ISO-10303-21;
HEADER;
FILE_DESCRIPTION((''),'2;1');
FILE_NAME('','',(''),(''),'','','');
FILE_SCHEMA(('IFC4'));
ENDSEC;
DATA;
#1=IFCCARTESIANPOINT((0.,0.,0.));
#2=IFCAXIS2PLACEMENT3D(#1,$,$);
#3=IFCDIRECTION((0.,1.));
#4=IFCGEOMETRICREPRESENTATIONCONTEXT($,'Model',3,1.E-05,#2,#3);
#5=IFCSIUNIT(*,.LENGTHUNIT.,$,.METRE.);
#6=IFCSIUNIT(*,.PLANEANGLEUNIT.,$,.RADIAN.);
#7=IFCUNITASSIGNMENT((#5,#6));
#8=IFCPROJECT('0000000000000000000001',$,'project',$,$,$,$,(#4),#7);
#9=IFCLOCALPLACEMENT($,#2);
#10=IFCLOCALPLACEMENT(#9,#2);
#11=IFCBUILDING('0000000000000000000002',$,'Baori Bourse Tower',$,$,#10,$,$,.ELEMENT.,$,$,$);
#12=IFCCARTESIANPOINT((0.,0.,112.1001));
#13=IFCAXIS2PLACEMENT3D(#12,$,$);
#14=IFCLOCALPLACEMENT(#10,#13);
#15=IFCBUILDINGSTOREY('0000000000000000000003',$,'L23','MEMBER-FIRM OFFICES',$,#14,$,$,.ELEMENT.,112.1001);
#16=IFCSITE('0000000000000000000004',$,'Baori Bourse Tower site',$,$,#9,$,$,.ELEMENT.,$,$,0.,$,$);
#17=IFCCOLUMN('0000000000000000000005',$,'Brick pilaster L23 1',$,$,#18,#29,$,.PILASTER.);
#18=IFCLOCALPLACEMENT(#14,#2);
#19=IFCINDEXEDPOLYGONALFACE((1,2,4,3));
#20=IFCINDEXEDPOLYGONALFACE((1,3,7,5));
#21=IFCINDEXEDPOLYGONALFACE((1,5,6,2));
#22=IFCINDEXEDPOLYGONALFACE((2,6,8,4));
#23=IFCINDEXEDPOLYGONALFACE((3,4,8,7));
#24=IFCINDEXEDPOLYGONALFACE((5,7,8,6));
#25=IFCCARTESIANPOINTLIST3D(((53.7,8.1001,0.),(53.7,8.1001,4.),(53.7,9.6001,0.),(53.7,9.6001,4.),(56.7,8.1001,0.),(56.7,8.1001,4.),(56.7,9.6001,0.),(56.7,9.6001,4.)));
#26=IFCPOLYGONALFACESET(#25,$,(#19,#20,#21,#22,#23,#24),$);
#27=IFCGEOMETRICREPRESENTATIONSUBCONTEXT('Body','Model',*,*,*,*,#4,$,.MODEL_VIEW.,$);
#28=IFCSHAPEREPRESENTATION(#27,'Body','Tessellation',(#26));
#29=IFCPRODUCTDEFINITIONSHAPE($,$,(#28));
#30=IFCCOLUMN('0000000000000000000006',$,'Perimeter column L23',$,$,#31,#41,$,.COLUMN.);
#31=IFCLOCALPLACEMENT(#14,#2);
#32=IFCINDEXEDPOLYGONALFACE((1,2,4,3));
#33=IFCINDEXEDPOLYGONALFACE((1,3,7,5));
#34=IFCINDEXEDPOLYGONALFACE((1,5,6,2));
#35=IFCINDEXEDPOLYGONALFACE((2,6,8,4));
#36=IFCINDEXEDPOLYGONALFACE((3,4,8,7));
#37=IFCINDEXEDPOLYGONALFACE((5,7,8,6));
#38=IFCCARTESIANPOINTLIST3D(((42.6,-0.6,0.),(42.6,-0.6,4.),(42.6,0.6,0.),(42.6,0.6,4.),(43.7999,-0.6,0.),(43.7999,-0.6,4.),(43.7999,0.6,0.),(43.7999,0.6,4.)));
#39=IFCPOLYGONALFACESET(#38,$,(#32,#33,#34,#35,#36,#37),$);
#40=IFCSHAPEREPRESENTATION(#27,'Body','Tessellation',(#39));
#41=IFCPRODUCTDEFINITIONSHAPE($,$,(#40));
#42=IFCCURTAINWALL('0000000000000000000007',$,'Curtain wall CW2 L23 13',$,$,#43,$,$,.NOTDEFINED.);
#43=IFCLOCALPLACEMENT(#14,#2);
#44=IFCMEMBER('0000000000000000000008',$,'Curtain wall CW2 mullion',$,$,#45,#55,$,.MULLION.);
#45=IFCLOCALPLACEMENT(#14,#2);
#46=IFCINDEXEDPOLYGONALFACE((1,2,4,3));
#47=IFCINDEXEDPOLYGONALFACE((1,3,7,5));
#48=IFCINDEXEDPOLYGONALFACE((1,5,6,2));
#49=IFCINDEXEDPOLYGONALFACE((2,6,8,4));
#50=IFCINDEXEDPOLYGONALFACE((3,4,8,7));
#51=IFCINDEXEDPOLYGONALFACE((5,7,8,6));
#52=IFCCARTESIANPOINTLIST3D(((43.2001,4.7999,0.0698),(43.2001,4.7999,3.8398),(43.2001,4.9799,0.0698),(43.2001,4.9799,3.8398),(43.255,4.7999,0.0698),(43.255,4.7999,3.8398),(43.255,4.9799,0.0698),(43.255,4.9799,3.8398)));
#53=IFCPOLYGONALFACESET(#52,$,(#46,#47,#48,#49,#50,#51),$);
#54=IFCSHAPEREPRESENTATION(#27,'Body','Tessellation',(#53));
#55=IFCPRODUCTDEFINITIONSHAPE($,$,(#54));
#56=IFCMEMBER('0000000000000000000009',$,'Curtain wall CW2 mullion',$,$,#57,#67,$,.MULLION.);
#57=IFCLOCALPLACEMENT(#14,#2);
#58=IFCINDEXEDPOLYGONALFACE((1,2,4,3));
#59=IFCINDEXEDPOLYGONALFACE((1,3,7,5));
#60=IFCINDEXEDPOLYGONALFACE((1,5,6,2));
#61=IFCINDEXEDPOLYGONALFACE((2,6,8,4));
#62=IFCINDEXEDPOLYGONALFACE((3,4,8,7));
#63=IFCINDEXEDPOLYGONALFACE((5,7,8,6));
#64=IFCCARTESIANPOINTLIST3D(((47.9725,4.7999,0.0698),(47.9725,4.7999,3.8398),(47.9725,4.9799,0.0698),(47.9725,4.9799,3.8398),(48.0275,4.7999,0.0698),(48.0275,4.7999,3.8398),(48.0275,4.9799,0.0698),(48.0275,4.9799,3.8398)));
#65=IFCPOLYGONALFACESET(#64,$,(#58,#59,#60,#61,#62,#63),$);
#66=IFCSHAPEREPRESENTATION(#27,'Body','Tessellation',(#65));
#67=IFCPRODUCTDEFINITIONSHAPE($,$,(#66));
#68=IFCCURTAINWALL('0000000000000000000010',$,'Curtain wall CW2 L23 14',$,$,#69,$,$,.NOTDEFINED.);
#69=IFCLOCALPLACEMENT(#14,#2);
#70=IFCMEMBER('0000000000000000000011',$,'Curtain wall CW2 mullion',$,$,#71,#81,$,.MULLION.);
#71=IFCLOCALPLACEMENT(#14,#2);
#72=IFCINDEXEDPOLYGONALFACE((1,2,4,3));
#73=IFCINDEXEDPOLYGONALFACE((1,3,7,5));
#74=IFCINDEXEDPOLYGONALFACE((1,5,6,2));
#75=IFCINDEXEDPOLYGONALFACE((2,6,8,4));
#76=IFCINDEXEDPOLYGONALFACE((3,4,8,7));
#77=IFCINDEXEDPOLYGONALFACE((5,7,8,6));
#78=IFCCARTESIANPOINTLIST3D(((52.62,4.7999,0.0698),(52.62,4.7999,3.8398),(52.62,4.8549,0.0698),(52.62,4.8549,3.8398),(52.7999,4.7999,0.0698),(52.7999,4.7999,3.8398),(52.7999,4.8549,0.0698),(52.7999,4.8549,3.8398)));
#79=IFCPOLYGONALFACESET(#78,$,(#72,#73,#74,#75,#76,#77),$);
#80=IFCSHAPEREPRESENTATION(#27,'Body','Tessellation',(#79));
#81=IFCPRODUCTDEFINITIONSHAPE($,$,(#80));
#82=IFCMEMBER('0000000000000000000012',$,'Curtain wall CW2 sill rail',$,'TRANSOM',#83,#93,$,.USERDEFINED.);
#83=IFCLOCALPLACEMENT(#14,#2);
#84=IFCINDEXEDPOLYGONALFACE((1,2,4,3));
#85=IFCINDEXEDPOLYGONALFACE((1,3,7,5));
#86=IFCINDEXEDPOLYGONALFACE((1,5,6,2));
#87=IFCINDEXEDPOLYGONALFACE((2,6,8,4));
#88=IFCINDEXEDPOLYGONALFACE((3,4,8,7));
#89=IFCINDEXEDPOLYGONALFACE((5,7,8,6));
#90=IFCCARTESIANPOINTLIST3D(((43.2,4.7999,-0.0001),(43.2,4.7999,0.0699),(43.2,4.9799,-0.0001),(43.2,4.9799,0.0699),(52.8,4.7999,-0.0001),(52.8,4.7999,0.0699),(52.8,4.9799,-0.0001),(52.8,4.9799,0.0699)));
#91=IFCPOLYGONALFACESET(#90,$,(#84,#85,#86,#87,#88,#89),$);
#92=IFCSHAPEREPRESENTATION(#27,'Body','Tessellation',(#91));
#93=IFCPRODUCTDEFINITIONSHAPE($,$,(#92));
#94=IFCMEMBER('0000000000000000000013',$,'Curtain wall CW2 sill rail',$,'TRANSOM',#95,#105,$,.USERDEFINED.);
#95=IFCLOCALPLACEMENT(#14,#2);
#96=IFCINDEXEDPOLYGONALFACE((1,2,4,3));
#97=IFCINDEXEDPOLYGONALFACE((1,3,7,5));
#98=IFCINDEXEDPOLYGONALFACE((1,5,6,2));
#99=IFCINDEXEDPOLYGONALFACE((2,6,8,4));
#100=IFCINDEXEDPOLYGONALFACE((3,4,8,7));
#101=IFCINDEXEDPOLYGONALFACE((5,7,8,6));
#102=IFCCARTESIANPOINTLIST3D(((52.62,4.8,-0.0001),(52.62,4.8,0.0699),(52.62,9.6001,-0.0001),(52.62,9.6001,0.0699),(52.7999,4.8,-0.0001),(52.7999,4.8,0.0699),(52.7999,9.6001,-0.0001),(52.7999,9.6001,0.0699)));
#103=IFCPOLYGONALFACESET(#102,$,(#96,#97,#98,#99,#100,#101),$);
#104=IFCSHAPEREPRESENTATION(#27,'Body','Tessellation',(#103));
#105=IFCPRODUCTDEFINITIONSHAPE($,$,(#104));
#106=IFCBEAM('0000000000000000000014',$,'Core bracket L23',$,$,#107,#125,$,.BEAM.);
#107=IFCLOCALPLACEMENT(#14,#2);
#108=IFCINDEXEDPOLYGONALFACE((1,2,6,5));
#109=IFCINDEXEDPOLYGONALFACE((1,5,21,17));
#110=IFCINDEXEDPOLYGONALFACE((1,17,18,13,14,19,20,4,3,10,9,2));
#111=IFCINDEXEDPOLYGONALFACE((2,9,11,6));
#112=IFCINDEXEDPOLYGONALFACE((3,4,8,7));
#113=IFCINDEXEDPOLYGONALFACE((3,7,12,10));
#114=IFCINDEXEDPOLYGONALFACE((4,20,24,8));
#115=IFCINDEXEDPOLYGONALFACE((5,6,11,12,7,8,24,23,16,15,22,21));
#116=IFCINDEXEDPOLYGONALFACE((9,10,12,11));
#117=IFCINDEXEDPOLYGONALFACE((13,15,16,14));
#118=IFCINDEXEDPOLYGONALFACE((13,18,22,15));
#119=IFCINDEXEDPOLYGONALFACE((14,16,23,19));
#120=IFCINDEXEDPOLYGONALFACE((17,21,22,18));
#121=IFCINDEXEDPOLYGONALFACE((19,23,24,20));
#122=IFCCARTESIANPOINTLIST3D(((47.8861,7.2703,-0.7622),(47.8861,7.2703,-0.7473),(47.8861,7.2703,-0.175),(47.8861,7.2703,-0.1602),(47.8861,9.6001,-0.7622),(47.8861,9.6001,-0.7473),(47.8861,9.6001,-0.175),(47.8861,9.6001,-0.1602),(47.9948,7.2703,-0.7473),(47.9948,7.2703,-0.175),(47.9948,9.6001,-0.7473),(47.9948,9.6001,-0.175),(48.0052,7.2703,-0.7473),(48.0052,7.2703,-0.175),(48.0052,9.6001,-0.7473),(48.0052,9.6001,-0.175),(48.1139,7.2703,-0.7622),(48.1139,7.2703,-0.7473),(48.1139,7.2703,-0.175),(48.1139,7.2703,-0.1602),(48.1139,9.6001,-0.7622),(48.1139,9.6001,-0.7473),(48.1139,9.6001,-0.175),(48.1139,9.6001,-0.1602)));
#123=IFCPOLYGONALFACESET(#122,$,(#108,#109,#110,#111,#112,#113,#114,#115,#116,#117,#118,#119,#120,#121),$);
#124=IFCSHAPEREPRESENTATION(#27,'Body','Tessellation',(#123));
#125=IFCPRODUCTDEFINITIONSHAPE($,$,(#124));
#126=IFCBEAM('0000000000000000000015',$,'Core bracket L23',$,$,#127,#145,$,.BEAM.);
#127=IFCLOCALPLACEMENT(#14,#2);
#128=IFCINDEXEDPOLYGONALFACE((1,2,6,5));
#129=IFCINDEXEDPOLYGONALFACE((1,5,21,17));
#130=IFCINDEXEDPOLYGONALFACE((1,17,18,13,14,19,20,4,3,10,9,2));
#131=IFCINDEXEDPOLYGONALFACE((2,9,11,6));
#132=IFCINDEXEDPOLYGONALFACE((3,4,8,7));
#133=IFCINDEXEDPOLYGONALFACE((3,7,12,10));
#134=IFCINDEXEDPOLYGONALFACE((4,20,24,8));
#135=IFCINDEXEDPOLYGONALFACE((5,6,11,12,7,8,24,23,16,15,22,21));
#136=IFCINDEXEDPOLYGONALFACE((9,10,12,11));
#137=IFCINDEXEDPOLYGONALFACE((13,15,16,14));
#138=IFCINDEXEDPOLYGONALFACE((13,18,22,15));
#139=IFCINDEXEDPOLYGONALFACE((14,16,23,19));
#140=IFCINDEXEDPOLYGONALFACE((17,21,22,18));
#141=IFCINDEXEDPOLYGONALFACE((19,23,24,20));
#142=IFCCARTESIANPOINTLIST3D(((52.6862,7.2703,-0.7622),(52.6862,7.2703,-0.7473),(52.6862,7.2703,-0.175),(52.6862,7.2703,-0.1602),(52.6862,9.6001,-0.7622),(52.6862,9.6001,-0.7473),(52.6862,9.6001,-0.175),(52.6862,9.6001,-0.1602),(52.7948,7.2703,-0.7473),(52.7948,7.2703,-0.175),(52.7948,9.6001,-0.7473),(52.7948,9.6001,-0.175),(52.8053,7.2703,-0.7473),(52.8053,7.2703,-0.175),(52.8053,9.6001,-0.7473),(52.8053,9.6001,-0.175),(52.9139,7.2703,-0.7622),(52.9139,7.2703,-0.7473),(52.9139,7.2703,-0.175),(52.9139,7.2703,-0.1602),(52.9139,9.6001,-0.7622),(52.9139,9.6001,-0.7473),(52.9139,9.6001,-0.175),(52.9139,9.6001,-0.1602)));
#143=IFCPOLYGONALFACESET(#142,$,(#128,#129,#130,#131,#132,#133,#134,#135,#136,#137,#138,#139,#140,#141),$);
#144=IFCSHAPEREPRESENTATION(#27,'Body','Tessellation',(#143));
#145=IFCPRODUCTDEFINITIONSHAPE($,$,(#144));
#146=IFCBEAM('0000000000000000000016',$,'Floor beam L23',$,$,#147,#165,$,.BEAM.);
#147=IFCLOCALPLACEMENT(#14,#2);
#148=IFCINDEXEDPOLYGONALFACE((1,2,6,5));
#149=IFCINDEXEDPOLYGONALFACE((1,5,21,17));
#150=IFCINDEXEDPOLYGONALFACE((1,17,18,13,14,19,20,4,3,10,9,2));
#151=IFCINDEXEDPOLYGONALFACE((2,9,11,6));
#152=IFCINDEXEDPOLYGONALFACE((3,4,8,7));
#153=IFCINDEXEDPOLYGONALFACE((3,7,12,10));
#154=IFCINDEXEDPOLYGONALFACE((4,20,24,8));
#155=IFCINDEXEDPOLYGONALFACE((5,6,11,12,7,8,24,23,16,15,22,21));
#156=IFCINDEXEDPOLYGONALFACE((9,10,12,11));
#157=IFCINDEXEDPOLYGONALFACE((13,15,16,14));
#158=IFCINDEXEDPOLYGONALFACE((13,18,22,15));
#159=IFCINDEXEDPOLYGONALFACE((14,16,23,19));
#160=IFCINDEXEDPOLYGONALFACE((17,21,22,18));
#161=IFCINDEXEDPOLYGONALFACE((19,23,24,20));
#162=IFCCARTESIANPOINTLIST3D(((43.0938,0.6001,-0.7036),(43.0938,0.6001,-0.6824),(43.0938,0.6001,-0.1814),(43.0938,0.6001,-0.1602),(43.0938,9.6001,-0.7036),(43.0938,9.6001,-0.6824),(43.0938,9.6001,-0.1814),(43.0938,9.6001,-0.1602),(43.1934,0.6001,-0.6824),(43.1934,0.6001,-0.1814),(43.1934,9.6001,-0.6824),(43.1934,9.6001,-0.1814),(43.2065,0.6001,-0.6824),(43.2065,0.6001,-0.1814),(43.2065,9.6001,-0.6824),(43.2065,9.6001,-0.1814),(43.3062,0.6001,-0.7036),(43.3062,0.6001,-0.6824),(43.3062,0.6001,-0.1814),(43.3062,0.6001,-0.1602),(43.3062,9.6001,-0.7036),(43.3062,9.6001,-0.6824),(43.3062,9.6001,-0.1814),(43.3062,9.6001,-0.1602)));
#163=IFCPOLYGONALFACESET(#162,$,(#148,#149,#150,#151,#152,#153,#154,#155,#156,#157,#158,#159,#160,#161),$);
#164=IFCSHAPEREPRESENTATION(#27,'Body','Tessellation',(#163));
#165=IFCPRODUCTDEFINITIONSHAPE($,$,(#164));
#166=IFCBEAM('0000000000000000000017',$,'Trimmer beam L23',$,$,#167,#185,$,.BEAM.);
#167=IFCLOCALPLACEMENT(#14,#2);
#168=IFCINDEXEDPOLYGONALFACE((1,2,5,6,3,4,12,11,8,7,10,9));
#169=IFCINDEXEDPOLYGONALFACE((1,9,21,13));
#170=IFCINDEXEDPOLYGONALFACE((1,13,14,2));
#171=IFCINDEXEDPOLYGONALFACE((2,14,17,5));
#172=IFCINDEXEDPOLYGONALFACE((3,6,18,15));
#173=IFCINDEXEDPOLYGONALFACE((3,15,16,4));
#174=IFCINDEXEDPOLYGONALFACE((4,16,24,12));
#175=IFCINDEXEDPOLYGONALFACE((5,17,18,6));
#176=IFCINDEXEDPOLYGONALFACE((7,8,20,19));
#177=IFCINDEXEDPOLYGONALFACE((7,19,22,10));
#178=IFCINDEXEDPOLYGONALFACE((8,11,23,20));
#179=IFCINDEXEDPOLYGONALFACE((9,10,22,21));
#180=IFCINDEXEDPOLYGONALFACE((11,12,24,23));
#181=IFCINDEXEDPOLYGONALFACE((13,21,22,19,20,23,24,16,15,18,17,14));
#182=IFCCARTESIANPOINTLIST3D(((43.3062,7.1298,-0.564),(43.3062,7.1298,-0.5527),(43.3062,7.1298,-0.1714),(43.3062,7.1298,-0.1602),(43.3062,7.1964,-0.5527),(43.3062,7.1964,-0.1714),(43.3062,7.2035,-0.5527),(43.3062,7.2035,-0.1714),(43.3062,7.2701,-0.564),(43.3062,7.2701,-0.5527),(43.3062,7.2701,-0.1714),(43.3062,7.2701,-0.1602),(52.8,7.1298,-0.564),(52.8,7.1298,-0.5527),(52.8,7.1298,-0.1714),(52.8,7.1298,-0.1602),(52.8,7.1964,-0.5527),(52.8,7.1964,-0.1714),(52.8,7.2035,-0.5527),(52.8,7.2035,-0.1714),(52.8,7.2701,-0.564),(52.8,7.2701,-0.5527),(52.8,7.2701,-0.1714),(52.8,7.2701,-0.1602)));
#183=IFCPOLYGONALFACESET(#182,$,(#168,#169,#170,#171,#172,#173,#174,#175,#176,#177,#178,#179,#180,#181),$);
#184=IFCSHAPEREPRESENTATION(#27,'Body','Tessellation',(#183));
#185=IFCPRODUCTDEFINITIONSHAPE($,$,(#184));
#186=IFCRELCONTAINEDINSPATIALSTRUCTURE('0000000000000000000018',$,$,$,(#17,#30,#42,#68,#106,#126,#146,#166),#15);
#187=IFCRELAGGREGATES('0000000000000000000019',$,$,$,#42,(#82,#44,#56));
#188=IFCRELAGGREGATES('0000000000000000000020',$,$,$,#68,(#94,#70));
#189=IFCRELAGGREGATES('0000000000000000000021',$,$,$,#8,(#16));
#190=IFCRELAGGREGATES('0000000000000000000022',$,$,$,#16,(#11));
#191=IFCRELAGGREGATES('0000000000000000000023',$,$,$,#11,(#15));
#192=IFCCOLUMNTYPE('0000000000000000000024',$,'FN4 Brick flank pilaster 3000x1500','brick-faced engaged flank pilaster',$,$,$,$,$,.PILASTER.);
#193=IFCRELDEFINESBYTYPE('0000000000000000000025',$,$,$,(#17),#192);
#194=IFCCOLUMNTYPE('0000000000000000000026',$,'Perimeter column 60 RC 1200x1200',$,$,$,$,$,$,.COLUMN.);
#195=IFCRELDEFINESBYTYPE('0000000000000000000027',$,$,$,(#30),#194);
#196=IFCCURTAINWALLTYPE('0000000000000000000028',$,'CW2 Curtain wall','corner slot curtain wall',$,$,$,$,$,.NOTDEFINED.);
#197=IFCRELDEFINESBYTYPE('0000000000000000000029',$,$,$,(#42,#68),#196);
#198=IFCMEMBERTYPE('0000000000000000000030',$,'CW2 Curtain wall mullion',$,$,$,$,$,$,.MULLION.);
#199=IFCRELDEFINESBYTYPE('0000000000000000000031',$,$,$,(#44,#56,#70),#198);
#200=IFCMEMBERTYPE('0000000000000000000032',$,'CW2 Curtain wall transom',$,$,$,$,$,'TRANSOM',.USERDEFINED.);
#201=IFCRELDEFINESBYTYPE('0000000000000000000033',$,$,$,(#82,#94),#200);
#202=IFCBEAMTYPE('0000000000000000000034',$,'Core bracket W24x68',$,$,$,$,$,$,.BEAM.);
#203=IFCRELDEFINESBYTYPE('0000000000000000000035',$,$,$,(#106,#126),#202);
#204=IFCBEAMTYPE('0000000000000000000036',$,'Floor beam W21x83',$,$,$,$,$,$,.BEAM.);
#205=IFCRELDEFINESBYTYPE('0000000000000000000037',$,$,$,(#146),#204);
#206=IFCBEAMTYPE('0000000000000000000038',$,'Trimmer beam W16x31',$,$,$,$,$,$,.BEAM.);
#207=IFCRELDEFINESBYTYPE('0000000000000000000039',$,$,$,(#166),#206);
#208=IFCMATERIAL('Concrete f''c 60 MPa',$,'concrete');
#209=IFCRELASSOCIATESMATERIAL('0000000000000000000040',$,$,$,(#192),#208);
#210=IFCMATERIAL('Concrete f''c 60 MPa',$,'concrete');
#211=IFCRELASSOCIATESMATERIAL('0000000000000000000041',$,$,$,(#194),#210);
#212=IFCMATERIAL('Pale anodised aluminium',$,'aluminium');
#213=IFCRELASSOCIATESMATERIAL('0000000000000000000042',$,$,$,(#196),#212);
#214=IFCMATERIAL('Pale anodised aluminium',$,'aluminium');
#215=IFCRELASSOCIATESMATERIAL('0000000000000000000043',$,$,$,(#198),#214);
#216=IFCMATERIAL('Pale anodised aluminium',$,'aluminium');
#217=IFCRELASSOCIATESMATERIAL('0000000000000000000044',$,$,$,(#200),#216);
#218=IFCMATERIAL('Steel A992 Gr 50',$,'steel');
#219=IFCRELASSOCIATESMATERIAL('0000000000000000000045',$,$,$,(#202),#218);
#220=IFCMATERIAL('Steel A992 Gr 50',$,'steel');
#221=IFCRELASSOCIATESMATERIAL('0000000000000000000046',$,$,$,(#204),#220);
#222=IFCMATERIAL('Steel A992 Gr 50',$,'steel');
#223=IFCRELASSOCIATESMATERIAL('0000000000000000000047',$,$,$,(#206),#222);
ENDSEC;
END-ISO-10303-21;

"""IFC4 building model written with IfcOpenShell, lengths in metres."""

from ifc_helpers import new_model, si_unit, direction, frame, origin, origin_2d, place, context, subcontext, project, spatial, rectangle, i_section, extrude, material, material_profile, profile_set, type_object, element, aggregate, save


model = new_model("IFC4")

# Units and contexts
model_context = context("Model", 3, precision=1e-05, world=origin(), true_north=direction((0.0, 1.0)))
body_context = subcontext(model_context, "Body", "Model", "MODEL_VIEW")
ifc_project = project(units=[si_unit("LENGTHUNIT", "METRE"), si_unit("PLANEANGLEUNIT", "RADIAN")], contexts=[model_context])

# Site, building, storey
site_placement = place(None, origin())
site = spatial("IfcSite", under=ifc_project, at=site_placement, Name="Baori Bourse Tower site", CompositionType="ELEMENT", RefElevation=0.0)
building_placement = place(site_placement, origin())
building = spatial("IfcBuilding", under=site, at=building_placement, Name="Baori Bourse Tower", CompositionType="ELEMENT")
storey_placement = place(building_placement, frame((0.0, 0.0, 112.1001)))
storey = spatial("IfcBuildingStorey", under=building, at=storey_placement, Name="L23", Description="MEMBER-FIRM OFFICES", CompositionType="ELEMENT", Elevation=112.1001)

# Columns
ifc_material_1 = material(Name="Concrete f'c 60 MPa", Category="concrete")
ifc_material_profile_1 = material_profile(ifc_material_1, rectangle(XDim=3.0, YDim=1.5, at=origin_2d()), Name="RC 3000x1500")
ifc_profile_set_1 = profile_set([ifc_material_profile_1], Name="Concrete f'c 60 MPa")
column_type_1 = type_object("IfcColumnType", Name="FN4 Brick flank pilaster 3000x1500", Description="brick-faced engaged flank pilaster", PredefinedType="PILASTER", material=ifc_profile_set_1)
column_1_placement = place(storey_placement, frame((55.2, 8.8501, 0.0), z_axis=(0.0, 0.0, 1.0), x_axis=(1.0, 0.0, 0.0)))
element("IfcColumn", 1, at=column_1_placement, inside=storey, type_object=column_type_1, Name="Brick pilaster L23 1", PredefinedType="PILASTER", context=body_context, shape_type="SweptSolid", body=[
    extrude(rectangle(XDim=3.0, YDim=1.5, at=origin_2d()), origin(), (0.0, 0.0, 1.0), 4.0),
])
ifc_material_2 = material(Name="Concrete f'c 60 MPa", Category="concrete")
ifc_material_profile_2 = material_profile(ifc_material_2, rectangle(XDim=1.2, YDim=1.2, at=origin_2d()), Name="RC 1200x1200")
ifc_profile_set_2 = profile_set([ifc_material_profile_2], Name="Concrete f'c 60 MPa")
column_type_2 = type_object("IfcColumnType", Name="Perimeter column 60 RC 1200x1200", PredefinedType="COLUMN", material=ifc_profile_set_2)
column_2_placement = place(storey_placement, frame((43.2, 0.0, 0.0), z_axis=(0.0, 0.0, 1.0), x_axis=(1.0, 0.0, 0.0)))
element("IfcColumn", 2, at=column_2_placement, inside=storey, type_object=column_type_2, Name="Perimeter column L23", PredefinedType="COLUMN", context=body_context, shape_type="SweptSolid", body=[
    extrude(rectangle(XDim=1.2, YDim=1.2, at=origin_2d()), origin(), (0.0, 0.0, 1.0), 4.0),
])

# Curtain wall, members
ifc_material_3 = material(Name="Pale anodised aluminium", Category="aluminium")
curtain_wall_type = type_object("IfcCurtainWallType", Name="CW2 Curtain wall", Description="corner slot curtain wall", PredefinedType="NOTDEFINED", material=ifc_material_3)
curtain_wall_1_placement = place(storey_placement, origin())
curtain_wall_1 = element("IfcCurtainWall", 3, at=curtain_wall_1_placement, inside=storey, type_object=curtain_wall_type, Name="Curtain wall CW2 L23 13", PredefinedType="NOTDEFINED")
ifc_material_4 = material(Name="Pale anodised aluminium", Category="aluminium")
ifc_material_profile_3 = material_profile(ifc_material_4, rectangle(XDim=0.1799, YDim=0.0549, at=origin_2d()), Name="Mullion 55x180")
ifc_profile_set_3 = profile_set([ifc_material_profile_3], Name="Pale anodised aluminium")
member_type_1 = type_object("IfcMemberType", Name="CW2 Curtain wall mullion", PredefinedType="MULLION", material=ifc_profile_set_3)
member_1_placement = place(storey_placement, frame((43.2275, 4.8899, 0.0698), z_axis=(0.0, 0.0, 1.0), x_axis=(0.0, 1.0, 0.0)))
member_1 = element("IfcMember", 4, at=member_1_placement, type_object=member_type_1, Name="Curtain wall CW2 mullion", PredefinedType="MULLION", context=body_context, shape_type="SweptSolid", body=[
    extrude(rectangle(XDim=0.1799, YDim=0.0549, at=origin_2d()), origin(), (0.0, 0.0, 1.0), 3.77),
])
member_2_placement = place(storey_placement, frame((48.0, 4.8899, 0.0698), z_axis=(0.0, 0.0, 1.0), x_axis=(0.0, 1.0, 0.0)))
member_2 = element("IfcMember", 5, at=member_2_placement, type_object=member_type_1, Name="Curtain wall CW2 mullion", PredefinedType="MULLION", context=body_context, shape_type="SweptSolid", body=[
    extrude(rectangle(XDim=0.1799, YDim=0.0549, at=origin_2d()), origin(), (0.0, 0.0, 1.0), 3.77),
])

# Curtain wall, member
curtain_wall_2_placement = place(storey_placement, origin())
curtain_wall_2 = element("IfcCurtainWall", 6, at=curtain_wall_2_placement, inside=storey, type_object=curtain_wall_type, Name="Curtain wall CW2 L23 14", PredefinedType="NOTDEFINED")
member_3_placement = place(storey_placement, frame((52.71, 4.8274, 0.0698), z_axis=(0.0, 0.0, 1.0), x_axis=(-1.0, 0.0, 0.0)))
member_3 = element("IfcMember", 7, at=member_3_placement, type_object=member_type_1, Name="Curtain wall CW2 mullion", PredefinedType="MULLION", context=body_context, shape_type="SweptSolid", body=[
    extrude(rectangle(XDim=0.1799, YDim=0.0549, at=origin_2d()), origin(), (0.0, 0.0, 1.0), 3.77),
])

# Members
ifc_material_5 = material(Name="Pale anodised aluminium", Category="aluminium")
ifc_material_profile_4 = material_profile(ifc_material_5, rectangle(XDim=0.1799, YDim=0.0701, at=origin_2d()), Name="Transom 70x180")
ifc_profile_set_4 = profile_set([ifc_material_profile_4], Name="Pale anodised aluminium")
member_type_2 = type_object("IfcMemberType", Name="CW2 Curtain wall transom", ElementType="TRANSOM", PredefinedType="USERDEFINED", material=ifc_profile_set_4)
member_4_placement = place(storey_placement, frame((43.2, 4.8899, 0.0349), z_axis=(1.0, 0.0, 0.0), x_axis=(0.0, 1.0, 0.0)))
member_4 = element("IfcMember", 8, at=member_4_placement, type_object=member_type_2, Name="Curtain wall CW2 sill rail", ObjectType="TRANSOM", PredefinedType="USERDEFINED", context=body_context, shape_type="SweptSolid", body=[
    extrude(rectangle(XDim=0.1799, YDim=0.0701, at=origin_2d()), origin(), (0.0, 0.0, 1.0), 9.6001),
])
member_5_placement = place(storey_placement, frame((52.71, 4.8, 0.0349), z_axis=(0.0, 1.0, 0.0), x_axis=(-1.0, 0.0, 0.0)))
member_5 = element("IfcMember", 9, at=member_5_placement, type_object=member_type_2, Name="Curtain wall CW2 sill rail", ObjectType="TRANSOM", PredefinedType="USERDEFINED", context=body_context, shape_type="SweptSolid", body=[
    extrude(rectangle(XDim=0.1799, YDim=0.0701, at=origin_2d()), origin(), (0.0, 0.0, 1.0), 4.8),
])

# Beams
ifc_material_6 = material(Name="Steel A992 Gr 50", Category="steel")
ifc_material_profile_5 = material_profile(ifc_material_6, i_section(OverallWidth=0.2278, OverallDepth=0.6021, WebThickness=0.0105, FlangeThickness=0.0149, at=origin_2d()), Name="W24x68")
ifc_profile_set_5 = profile_set([ifc_material_profile_5], Name="Steel A992 Gr 50")
beam_type_1 = type_object("IfcBeamType", Name="Core bracket W24x68", PredefinedType="BEAM", material=ifc_profile_set_5)
for number, where, z_axis, x_axis, name in (
    (10, (48.0, 7.2703, -0.4612), (0.0, 1.0, 0.0), (-1.0, 0.0, 0.0), "Core bracket L23"),
    (11, (52.8, 7.2703, -0.4612), (0.0, 1.0, 0.0), (-1.0, 0.0, 0.0), "Core bracket L23"),
):
    element("IfcBeam", number, at=place(storey_placement, frame(where, z_axis=z_axis, x_axis=x_axis)), inside=storey, type_object=beam_type_1, Name=name, PredefinedType="BEAM", context=body_context, shape_type="SweptSolid", body=[
        extrude(i_section(OverallWidth=0.2278, OverallDepth=0.6021, WebThickness=0.0105, FlangeThickness=0.0149, at=origin_2d()), origin(), (0.0, 0.0, 1.0), 2.3298),
    ])
ifc_material_7 = material(Name="Steel A992 Gr 50", Category="steel")
ifc_material_profile_6 = material_profile(ifc_material_7, i_section(OverallWidth=0.2124, OverallDepth=0.5435, WebThickness=0.0132, FlangeThickness=0.0212, at=origin_2d()), Name="W21x83")
ifc_profile_set_6 = profile_set([ifc_material_profile_6], Name="Steel A992 Gr 50")
beam_type_2 = type_object("IfcBeamType", Name="Floor beam W21x83", PredefinedType="BEAM", material=ifc_profile_set_6)
beam_1_placement = place(storey_placement, frame((43.2, 0.6001, -0.4319), z_axis=(0.0, 1.0, 0.0), x_axis=(-1.0, 0.0, 0.0)))
element("IfcBeam", 12, at=beam_1_placement, inside=storey, type_object=beam_type_2, Name="Floor beam L23", PredefinedType="BEAM", context=body_context, shape_type="SweptSolid", body=[
    extrude(i_section(OverallWidth=0.2124, OverallDepth=0.5435, WebThickness=0.0132, FlangeThickness=0.0212, at=origin_2d()), origin(), (0.0, 0.0, 1.0), 9.0),
])
ifc_material_8 = material(Name="Steel A992 Gr 50", Category="steel")
ifc_material_profile_7 = material_profile(ifc_material_8, i_section(OverallWidth=0.1404, OverallDepth=0.4038, WebThickness=0.0071, FlangeThickness=0.0112, at=origin_2d()), Name="W16x31")
ifc_profile_set_7 = profile_set([ifc_material_profile_7], Name="Steel A992 Gr 50")
beam_type_3 = type_object("IfcBeamType", Name="Trimmer beam W16x31", PredefinedType="BEAM", material=ifc_profile_set_7)
beam_2_placement = place(storey_placement, frame((43.3062, 7.2, -0.3621), z_axis=(1.0, 0.0, 0.0), x_axis=(0.0, 1.0, 0.0)))
element("IfcBeam", 13, at=beam_2_placement, inside=storey, type_object=beam_type_3, Name="Trimmer beam L23", PredefinedType="BEAM", context=body_context, shape_type="SweptSolid", body=[
    extrude(i_section(OverallWidth=0.1404, OverallDepth=0.4038, WebThickness=0.0071, FlangeThickness=0.0112, at=origin_2d()), origin(), (0.0, 0.0, 1.0), 9.4939),
])

aggregate(curtain_wall_1, [member_4, member_1, member_2])
aggregate(curtain_wall_2, [member_5, member_3])

save(model, "model.ifc")
